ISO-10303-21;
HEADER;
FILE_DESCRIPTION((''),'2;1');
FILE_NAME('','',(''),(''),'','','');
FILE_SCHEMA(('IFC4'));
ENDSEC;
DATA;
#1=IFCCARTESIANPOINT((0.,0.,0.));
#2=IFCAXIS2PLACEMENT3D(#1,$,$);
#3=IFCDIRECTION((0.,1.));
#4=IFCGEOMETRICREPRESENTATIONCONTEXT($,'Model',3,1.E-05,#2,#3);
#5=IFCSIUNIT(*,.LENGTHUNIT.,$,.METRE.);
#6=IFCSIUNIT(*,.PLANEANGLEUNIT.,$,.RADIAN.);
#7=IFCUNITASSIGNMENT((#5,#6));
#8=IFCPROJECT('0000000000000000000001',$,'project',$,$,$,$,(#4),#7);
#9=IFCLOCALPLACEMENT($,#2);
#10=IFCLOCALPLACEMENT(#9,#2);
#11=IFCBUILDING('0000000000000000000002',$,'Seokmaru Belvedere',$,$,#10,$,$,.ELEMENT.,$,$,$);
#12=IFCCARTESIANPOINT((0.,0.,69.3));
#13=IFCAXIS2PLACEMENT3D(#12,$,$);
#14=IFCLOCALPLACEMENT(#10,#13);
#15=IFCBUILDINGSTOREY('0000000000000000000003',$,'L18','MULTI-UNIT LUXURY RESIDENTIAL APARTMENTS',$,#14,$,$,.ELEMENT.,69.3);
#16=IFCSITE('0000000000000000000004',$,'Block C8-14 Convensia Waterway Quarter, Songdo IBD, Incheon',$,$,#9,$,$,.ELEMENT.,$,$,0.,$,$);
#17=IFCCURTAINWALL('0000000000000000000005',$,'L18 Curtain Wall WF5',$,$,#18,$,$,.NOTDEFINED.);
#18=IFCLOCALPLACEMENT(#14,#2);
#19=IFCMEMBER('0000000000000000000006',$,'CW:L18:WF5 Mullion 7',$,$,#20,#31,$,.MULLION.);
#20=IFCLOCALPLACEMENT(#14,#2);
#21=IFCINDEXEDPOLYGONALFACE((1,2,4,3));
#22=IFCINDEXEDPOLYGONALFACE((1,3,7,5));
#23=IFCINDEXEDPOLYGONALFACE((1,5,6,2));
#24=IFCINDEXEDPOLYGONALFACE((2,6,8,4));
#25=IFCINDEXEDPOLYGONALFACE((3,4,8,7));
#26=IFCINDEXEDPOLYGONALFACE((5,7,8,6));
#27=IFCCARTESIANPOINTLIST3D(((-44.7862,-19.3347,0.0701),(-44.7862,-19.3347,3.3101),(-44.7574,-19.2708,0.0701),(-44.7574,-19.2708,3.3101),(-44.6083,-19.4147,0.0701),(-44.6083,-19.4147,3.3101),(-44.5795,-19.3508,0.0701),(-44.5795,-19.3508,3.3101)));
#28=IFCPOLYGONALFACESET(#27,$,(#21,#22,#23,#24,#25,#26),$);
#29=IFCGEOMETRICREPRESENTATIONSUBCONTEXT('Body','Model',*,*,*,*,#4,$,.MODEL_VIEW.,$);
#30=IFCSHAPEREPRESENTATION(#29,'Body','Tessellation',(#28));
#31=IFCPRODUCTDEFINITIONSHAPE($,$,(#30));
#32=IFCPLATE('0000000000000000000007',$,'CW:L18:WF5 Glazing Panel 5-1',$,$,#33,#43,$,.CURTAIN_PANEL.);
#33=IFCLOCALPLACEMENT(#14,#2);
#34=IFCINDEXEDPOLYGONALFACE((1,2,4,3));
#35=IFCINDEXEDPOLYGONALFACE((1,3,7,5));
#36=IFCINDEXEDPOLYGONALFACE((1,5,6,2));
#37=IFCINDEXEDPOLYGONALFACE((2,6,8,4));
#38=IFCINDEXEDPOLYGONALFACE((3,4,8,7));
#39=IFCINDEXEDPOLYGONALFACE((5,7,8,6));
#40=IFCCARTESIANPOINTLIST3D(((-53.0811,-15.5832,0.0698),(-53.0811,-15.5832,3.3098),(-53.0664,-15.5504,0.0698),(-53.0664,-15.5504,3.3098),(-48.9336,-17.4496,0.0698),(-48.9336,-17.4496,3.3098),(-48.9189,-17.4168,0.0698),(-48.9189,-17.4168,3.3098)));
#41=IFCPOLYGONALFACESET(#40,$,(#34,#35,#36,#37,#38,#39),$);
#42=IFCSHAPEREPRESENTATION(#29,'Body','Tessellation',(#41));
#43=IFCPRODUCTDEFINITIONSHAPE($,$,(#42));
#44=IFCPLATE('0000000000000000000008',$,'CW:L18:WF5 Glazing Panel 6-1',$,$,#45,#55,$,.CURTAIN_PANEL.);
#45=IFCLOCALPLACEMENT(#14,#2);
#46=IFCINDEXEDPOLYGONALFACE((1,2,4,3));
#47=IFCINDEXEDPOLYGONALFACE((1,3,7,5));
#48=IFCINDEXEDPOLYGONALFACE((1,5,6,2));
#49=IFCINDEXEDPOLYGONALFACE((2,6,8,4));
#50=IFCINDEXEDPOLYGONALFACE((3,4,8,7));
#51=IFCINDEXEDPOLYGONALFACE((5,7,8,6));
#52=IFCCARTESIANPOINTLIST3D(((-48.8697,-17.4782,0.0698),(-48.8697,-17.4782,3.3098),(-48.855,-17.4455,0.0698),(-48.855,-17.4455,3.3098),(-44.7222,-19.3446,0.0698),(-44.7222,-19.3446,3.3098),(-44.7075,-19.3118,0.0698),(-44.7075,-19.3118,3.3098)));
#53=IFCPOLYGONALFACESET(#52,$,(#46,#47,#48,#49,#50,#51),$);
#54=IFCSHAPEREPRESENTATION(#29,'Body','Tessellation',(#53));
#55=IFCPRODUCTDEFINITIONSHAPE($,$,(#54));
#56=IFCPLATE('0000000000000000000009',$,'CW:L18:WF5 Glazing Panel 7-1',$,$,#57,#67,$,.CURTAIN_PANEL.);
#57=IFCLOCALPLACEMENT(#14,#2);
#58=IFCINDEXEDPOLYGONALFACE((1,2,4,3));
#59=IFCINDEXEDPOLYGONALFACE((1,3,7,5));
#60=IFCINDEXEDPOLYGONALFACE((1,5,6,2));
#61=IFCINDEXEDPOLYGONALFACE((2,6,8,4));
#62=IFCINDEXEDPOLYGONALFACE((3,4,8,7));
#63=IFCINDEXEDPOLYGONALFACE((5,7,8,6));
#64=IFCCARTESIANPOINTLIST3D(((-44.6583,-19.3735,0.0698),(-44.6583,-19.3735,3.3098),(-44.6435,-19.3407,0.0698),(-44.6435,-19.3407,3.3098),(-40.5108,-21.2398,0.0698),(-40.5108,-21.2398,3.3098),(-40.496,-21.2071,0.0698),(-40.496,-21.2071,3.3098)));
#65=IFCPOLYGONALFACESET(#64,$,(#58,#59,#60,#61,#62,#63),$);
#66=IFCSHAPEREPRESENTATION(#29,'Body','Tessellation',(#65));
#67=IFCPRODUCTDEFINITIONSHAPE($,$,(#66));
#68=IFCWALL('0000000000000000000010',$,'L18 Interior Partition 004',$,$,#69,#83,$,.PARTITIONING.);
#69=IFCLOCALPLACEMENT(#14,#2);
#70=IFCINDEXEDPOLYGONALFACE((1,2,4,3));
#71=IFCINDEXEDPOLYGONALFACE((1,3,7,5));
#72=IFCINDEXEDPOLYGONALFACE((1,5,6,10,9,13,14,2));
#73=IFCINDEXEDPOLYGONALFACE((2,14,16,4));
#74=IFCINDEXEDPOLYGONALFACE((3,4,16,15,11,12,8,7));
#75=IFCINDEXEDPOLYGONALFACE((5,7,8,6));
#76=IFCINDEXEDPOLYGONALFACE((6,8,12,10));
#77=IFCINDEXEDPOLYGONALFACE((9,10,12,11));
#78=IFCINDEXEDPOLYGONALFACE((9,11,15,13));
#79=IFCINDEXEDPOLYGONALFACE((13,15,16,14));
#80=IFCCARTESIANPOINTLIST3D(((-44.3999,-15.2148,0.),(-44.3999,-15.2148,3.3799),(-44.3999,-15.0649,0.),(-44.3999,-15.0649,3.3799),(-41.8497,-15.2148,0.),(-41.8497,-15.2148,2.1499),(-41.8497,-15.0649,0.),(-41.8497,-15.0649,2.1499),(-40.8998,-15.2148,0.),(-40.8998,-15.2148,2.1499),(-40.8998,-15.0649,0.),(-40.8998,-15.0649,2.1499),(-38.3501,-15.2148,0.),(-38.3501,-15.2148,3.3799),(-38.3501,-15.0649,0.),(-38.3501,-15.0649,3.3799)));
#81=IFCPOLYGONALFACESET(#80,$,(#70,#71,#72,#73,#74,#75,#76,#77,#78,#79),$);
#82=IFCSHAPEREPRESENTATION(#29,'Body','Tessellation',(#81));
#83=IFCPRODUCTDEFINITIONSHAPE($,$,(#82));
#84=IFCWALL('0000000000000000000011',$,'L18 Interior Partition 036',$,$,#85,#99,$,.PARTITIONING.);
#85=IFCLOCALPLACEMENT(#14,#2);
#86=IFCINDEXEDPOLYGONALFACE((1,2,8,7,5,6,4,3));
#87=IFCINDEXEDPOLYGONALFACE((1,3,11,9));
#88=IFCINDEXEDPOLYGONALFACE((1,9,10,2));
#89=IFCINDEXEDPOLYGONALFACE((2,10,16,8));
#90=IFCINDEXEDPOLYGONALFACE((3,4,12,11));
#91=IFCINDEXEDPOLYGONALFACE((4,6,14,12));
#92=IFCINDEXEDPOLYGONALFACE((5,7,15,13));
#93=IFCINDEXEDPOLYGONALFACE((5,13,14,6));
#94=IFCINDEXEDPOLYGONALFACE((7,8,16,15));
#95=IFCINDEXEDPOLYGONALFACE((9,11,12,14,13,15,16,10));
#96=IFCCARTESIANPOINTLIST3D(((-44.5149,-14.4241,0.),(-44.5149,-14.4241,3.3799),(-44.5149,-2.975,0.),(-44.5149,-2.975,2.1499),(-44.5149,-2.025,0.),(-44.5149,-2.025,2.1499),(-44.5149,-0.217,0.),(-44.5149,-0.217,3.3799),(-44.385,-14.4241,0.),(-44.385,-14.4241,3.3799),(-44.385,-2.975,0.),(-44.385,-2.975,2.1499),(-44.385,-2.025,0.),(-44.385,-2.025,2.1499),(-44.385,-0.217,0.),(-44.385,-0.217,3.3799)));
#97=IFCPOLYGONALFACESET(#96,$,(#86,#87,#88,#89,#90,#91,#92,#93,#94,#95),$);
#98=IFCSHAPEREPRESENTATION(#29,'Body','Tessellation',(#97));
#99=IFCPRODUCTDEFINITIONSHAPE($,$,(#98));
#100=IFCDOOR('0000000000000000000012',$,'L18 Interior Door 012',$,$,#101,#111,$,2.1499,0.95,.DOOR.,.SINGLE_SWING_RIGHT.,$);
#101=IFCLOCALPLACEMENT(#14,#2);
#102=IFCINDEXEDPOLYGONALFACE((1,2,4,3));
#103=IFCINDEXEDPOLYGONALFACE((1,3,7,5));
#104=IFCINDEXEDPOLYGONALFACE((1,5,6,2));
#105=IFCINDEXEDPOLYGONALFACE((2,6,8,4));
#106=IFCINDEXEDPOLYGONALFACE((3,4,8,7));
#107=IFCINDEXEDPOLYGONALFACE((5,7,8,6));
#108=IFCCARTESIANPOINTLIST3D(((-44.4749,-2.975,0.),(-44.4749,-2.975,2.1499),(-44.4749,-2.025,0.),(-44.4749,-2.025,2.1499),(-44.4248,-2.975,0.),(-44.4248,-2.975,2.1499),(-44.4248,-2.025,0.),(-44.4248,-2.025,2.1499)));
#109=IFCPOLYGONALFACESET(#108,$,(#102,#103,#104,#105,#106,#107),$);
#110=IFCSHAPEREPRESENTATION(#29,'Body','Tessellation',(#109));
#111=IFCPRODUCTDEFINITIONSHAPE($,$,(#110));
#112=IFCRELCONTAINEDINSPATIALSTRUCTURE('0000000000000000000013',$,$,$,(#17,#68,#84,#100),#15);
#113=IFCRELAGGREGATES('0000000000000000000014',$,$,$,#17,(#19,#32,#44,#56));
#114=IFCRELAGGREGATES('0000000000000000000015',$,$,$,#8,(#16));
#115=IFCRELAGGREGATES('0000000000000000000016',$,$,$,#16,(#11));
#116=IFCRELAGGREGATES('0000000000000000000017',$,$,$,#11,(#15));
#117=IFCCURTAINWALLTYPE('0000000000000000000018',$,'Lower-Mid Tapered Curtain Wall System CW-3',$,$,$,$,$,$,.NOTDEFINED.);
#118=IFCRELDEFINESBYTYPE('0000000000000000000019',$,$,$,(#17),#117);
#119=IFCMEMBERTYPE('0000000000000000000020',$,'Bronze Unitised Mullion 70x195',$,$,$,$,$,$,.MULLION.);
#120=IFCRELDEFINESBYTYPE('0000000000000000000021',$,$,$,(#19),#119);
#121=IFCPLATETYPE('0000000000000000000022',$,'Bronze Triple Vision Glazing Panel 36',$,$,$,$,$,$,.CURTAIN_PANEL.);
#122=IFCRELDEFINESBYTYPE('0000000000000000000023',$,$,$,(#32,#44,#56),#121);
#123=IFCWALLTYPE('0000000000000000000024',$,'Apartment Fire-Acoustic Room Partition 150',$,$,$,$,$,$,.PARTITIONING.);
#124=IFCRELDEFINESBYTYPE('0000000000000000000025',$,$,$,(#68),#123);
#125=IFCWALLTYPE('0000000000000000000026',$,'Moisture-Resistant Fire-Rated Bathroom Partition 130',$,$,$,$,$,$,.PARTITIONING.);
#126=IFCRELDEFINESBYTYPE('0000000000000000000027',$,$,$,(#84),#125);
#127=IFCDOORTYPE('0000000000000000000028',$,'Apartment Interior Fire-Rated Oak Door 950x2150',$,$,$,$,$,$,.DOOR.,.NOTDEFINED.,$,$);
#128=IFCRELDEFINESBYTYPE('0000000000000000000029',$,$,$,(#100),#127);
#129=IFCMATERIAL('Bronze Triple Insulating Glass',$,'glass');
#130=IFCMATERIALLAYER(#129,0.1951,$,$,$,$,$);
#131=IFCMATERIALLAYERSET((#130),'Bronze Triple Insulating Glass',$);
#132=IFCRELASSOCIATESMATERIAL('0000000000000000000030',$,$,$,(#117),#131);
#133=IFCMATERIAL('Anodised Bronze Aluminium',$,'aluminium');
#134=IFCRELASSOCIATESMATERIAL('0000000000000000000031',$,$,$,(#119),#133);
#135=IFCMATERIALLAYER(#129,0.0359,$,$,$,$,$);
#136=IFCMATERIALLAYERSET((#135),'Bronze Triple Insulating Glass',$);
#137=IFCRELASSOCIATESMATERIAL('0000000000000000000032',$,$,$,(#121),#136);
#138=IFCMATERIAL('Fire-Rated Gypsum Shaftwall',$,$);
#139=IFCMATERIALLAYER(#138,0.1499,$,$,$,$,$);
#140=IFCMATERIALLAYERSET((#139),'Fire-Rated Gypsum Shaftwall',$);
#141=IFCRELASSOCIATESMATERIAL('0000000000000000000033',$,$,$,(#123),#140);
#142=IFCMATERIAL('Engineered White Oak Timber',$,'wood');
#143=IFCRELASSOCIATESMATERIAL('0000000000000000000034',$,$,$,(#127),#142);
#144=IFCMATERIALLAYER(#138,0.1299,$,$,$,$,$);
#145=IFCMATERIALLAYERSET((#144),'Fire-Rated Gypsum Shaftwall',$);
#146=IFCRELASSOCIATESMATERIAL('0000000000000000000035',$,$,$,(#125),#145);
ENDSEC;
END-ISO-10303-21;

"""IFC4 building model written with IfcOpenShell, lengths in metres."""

from ifc_helpers import new_model, si_unit, direction, frame, frame_2d, origin, origin_2d, place, context, subcontext, project, spatial, rectangle, extrude, source, transform, mapped, material, layer, layer_set, material_profile, profile_set, type_object, type_shapes, element, fill, aggregate, save


model = new_model("IFC4")

# Units and contexts
model_context = context("Model", 3, precision=1e-05, world=origin(), true_north=direction((0.0, 1.0)))
body_context = subcontext(model_context, "Body", "Model", "MODEL_VIEW")
ifc_project = project(units=[si_unit("LENGTHUNIT", "METRE"), si_unit("PLANEANGLEUNIT", "RADIAN")], contexts=[model_context])

# Site, building, storey
site_placement = place(None, origin())
site = spatial("IfcSite", under=ifc_project, at=site_placement, Name="Block C8-14 Convensia Waterway Quarter, Songdo IBD, Incheon", CompositionType="ELEMENT", RefElevation=0.0)
building_placement = place(site_placement, origin())
building = spatial("IfcBuilding", under=site, at=building_placement, Name="Seokmaru Belvedere", CompositionType="ELEMENT")
storey_placement = place(building_placement, frame((0.0, 0.0, 69.3)))
storey = spatial("IfcBuildingStorey", under=building, at=storey_placement, Name="L18", Description="MULTI-UNIT LUXURY RESIDENTIAL APARTMENTS", CompositionType="ELEMENT", Elevation=69.3)

# Curtain wall, member, plates
ifc_material_1 = material(Name="Bronze Triple Insulating Glass", Category="glass")
ifc_layer_1 = layer(ifc_material_1, 0.1951)
ifc_layer_set_1 = layer_set([ifc_layer_1], Name="Bronze Triple Insulating Glass")
curtain_wall_type = type_object("IfcCurtainWallType", Name="Lower-Mid Tapered Curtain Wall System CW-3", PredefinedType="NOTDEFINED", material=ifc_layer_set_1)
curtain_wall_placement = place(storey_placement, origin())
curtain_wall = element("IfcCurtainWall", 1, at=curtain_wall_placement, inside=storey, type_object=curtain_wall_type, Name="L18 Curtain Wall WF5", PredefinedType="NOTDEFINED")
ifc_material_2 = material(Name="Anodised Bronze Aluminium", Category="aluminium")
ifc_material_profile_1 = material_profile(ifc_material_2, rectangle(XDim=0.0701, YDim=0.1951, at=origin_2d()), Name="CW-M-70x195")
ifc_profile_set_1 = profile_set([ifc_material_profile_1], Name="Anodised Bronze Aluminium")
member_type = type_object("IfcMemberType", Name="Bronze Unitised Mullion 70x195", PredefinedType="MULLION", material=ifc_profile_set_1)
shared_shape_1 = source(origin(), body_context, "Body", "SweptSolid", [
    extrude(rectangle(XDim=0.0701, YDim=0.1951, at=origin_2d()), origin(), (0.0, 0.0, 1.0), 3.24),
])
type_shapes(member_type, [shared_shape_1])
member_1_placement = place(storey_placement, frame((-44.6829, -19.3428, 0.0701), z_axis=(0.0, 0.0, 1.0), x_axis=(0.410366, 0.911921, 0.0)))
member_1 = element("IfcMember", 2, at=member_1_placement, type_object=member_type, Name="CW:L18:WF5 Mullion 7", PredefinedType="MULLION", context=body_context, shape_type="MappedRepresentation", body=[
    mapped(shared_shape_1, transform((0.0, 0.0, 0.0), scale=1.0)),
])
ifc_layer_2 = layer(ifc_material_1, 0.0359)
ifc_layer_set_2 = layer_set([ifc_layer_2], Name="Bronze Triple Insulating Glass")
plate_type = type_object("IfcPlateType", Name="Bronze Triple Vision Glazing Panel 36", PredefinedType="CURTAIN_PANEL", material=ifc_layer_set_2)
shared_shape_2 = source(origin(), body_context, "Body", "SweptSolid", [
    extrude(rectangle(XDim=4.5481, YDim=0.0359, at=origin_2d()), origin(), (0.0, 0.0, 1.0), 3.24),
])
type_shapes(plate_type, [shared_shape_2])
plate_1_placement = place(storey_placement, frame((-51.0, -16.5, 0.0698), z_axis=(0.0, 0.0, 1.0), x_axis=(0.911921, -0.410366, 0.0)))
plate_1 = element("IfcPlate", 3, at=plate_1_placement, type_object=plate_type, Name="CW:L18:WF5 Glazing Panel 5-1", PredefinedType="CURTAIN_PANEL", context=body_context, shape_type="MappedRepresentation", body=[
    mapped(shared_shape_2, transform((0.0, 0.0, 0.0), scale=1.0)),
])
plate_2_placement = place(storey_placement, frame((-46.7886, -18.395, 0.0698), z_axis=(0.0, 0.0, 1.0), x_axis=(0.911921, -0.410366, 0.0)))
plate_2 = element("IfcPlate", 4, at=plate_2_placement, type_object=plate_type, Name="CW:L18:WF5 Glazing Panel 6-1", PredefinedType="CURTAIN_PANEL", context=body_context, shape_type="MappedRepresentation", body=[
    mapped(shared_shape_2, transform((0.0, 0.0, 0.0), scale=1.0)),
])
plate_3_placement = place(storey_placement, frame((-42.5771, -20.2903, 0.0698), z_axis=(0.0, 0.0, 1.0), x_axis=(0.911921, -0.410366, 0.0)))
plate_3 = element("IfcPlate", 5, at=plate_3_placement, type_object=plate_type, Name="CW:L18:WF5 Glazing Panel 7-1", PredefinedType="CURTAIN_PANEL", context=body_context, shape_type="MappedRepresentation", body=[
    mapped(shared_shape_2, transform((0.0, 0.0, 0.0), scale=1.0)),
])
aggregate(curtain_wall, [member_1, plate_1, plate_2, plate_3])

# Wall, opening
ifc_material_3 = material(Name="Fire-Rated Gypsum Shaftwall")
ifc_layer_3 = layer(ifc_material_3, 0.1499)
ifc_layer_set_3 = layer_set([ifc_layer_3], Name="Fire-Rated Gypsum Shaftwall")
wall_type_1 = type_object("IfcWallType", Name="Apartment Fire-Acoustic Room Partition 150", PredefinedType="PARTITIONING", material=ifc_layer_set_3)
wall_1_placement = place(storey_placement, frame((-44.3999, -15.1399, 0.0), z_axis=(0.0, 0.0, 1.0), x_axis=(1.0, 0.0, 0.0)))
wall_1 = element("IfcWall", 6, at=wall_1_placement, inside=storey, type_object=wall_type_1, Name="L18 Interior Partition 004", PredefinedType="PARTITIONING", context=body_context, shape_type="SweptSolid", body=[
    extrude(rectangle(XDim=6.0498, YDim=0.1499, at=frame_2d((3.0249, 0.0))), origin(), (0.0, 0.0, 1.0), 3.3799),
])
opening_1_placement = place(wall_1_placement, frame((2.55, 0.0, 0.0)))
element("IfcOpeningElement", 7, at=opening_1_placement, cuts=wall_1, PredefinedType="OPENING", context=body_context, shape_type="SweptSolid", body=[
    extrude(rectangle(XDim=0.95, YDim=2.1499, at=frame_2d((0.4751, 1.075))), frame((0.0, 0.085, 0.0), z_axis=(0.0, -1.0, 0.0), x_axis=(1.0, 0.0, 0.0)), (0.0, 0.0, 1.0), 0.1699),
])

# Wall, opening, door
ifc_material_4 = material(Name="Engineered White Oak Timber", Category="wood")
door_type = type_object("IfcDoorType", Name="Apartment Interior Fire-Rated Oak Door 950x2150", OperationType="NOTDEFINED", PredefinedType="DOOR", material=ifc_material_4)
shared_shape_3 = source(origin(), body_context, "Body", "SweptSolid", [
    extrude(rectangle(XDim=0.95, YDim=2.1499, at=frame_2d((0.4751, 1.075))), frame((0.0, 0.0249, 0.0), z_axis=(0.0, -1.0, 0.0), x_axis=(1.0, 0.0, 0.0)), (0.0, 0.0, 1.0), 0.05),
])
type_shapes(door_type, [shared_shape_3])
ifc_layer_4 = layer(ifc_material_3, 0.1299)
ifc_layer_set_4 = layer_set([ifc_layer_4], Name="Fire-Rated Gypsum Shaftwall")
wall_type_2 = type_object("IfcWallType", Name="Moisture-Resistant Fire-Rated Bathroom Partition 130", PredefinedType="PARTITIONING", material=ifc_layer_set_4)
wall_2_placement = place(storey_placement, frame((-44.45, -14.4241, 0.0), z_axis=(0.0, 0.0, 1.0), x_axis=(0.0, 1.0, 0.0)))
wall_2 = element("IfcWall", 8, at=wall_2_placement, inside=storey, type_object=wall_type_2, Name="L18 Interior Partition 036", PredefinedType="PARTITIONING", context=body_context, shape_type="SweptSolid", body=[
    extrude(rectangle(XDim=14.207, YDim=0.1299, at=frame_2d((7.1035, 0.0))), origin(), (0.0, 0.0, 1.0), 3.3799),
])
opening_2_placement = place(wall_2_placement, frame((11.449, 0.0, 0.0)))
opening_2 = element("IfcOpeningElement", 9, at=opening_2_placement, cuts=wall_2, PredefinedType="OPENING", context=body_context, shape_type="SweptSolid", body=[
    extrude(rectangle(XDim=0.95, YDim=2.1499, at=frame_2d((0.4751, 1.075))), frame((0.0, 0.075, 0.0), z_axis=(0.0, -1.0, 0.0), x_axis=(1.0, 0.0, 0.0)), (0.0, 0.0, 1.0), 0.1499),
])
door_1_placement = place(opening_2_placement, origin())
door_1 = element("IfcDoor", 10, at=door_1_placement, inside=storey, type_object=door_type, Name="L18 Interior Door 012", OperationType="SINGLE_SWING_RIGHT", OverallHeight=2.1499, OverallWidth=0.95, PredefinedType="DOOR", context=body_context, shape_type="MappedRepresentation", body=[
    mapped(shared_shape_3, transform((0.0, 0.0, 0.0), scale=1.0)),
])
fill(opening_2, door_1)

save(model, "model.ifc")
